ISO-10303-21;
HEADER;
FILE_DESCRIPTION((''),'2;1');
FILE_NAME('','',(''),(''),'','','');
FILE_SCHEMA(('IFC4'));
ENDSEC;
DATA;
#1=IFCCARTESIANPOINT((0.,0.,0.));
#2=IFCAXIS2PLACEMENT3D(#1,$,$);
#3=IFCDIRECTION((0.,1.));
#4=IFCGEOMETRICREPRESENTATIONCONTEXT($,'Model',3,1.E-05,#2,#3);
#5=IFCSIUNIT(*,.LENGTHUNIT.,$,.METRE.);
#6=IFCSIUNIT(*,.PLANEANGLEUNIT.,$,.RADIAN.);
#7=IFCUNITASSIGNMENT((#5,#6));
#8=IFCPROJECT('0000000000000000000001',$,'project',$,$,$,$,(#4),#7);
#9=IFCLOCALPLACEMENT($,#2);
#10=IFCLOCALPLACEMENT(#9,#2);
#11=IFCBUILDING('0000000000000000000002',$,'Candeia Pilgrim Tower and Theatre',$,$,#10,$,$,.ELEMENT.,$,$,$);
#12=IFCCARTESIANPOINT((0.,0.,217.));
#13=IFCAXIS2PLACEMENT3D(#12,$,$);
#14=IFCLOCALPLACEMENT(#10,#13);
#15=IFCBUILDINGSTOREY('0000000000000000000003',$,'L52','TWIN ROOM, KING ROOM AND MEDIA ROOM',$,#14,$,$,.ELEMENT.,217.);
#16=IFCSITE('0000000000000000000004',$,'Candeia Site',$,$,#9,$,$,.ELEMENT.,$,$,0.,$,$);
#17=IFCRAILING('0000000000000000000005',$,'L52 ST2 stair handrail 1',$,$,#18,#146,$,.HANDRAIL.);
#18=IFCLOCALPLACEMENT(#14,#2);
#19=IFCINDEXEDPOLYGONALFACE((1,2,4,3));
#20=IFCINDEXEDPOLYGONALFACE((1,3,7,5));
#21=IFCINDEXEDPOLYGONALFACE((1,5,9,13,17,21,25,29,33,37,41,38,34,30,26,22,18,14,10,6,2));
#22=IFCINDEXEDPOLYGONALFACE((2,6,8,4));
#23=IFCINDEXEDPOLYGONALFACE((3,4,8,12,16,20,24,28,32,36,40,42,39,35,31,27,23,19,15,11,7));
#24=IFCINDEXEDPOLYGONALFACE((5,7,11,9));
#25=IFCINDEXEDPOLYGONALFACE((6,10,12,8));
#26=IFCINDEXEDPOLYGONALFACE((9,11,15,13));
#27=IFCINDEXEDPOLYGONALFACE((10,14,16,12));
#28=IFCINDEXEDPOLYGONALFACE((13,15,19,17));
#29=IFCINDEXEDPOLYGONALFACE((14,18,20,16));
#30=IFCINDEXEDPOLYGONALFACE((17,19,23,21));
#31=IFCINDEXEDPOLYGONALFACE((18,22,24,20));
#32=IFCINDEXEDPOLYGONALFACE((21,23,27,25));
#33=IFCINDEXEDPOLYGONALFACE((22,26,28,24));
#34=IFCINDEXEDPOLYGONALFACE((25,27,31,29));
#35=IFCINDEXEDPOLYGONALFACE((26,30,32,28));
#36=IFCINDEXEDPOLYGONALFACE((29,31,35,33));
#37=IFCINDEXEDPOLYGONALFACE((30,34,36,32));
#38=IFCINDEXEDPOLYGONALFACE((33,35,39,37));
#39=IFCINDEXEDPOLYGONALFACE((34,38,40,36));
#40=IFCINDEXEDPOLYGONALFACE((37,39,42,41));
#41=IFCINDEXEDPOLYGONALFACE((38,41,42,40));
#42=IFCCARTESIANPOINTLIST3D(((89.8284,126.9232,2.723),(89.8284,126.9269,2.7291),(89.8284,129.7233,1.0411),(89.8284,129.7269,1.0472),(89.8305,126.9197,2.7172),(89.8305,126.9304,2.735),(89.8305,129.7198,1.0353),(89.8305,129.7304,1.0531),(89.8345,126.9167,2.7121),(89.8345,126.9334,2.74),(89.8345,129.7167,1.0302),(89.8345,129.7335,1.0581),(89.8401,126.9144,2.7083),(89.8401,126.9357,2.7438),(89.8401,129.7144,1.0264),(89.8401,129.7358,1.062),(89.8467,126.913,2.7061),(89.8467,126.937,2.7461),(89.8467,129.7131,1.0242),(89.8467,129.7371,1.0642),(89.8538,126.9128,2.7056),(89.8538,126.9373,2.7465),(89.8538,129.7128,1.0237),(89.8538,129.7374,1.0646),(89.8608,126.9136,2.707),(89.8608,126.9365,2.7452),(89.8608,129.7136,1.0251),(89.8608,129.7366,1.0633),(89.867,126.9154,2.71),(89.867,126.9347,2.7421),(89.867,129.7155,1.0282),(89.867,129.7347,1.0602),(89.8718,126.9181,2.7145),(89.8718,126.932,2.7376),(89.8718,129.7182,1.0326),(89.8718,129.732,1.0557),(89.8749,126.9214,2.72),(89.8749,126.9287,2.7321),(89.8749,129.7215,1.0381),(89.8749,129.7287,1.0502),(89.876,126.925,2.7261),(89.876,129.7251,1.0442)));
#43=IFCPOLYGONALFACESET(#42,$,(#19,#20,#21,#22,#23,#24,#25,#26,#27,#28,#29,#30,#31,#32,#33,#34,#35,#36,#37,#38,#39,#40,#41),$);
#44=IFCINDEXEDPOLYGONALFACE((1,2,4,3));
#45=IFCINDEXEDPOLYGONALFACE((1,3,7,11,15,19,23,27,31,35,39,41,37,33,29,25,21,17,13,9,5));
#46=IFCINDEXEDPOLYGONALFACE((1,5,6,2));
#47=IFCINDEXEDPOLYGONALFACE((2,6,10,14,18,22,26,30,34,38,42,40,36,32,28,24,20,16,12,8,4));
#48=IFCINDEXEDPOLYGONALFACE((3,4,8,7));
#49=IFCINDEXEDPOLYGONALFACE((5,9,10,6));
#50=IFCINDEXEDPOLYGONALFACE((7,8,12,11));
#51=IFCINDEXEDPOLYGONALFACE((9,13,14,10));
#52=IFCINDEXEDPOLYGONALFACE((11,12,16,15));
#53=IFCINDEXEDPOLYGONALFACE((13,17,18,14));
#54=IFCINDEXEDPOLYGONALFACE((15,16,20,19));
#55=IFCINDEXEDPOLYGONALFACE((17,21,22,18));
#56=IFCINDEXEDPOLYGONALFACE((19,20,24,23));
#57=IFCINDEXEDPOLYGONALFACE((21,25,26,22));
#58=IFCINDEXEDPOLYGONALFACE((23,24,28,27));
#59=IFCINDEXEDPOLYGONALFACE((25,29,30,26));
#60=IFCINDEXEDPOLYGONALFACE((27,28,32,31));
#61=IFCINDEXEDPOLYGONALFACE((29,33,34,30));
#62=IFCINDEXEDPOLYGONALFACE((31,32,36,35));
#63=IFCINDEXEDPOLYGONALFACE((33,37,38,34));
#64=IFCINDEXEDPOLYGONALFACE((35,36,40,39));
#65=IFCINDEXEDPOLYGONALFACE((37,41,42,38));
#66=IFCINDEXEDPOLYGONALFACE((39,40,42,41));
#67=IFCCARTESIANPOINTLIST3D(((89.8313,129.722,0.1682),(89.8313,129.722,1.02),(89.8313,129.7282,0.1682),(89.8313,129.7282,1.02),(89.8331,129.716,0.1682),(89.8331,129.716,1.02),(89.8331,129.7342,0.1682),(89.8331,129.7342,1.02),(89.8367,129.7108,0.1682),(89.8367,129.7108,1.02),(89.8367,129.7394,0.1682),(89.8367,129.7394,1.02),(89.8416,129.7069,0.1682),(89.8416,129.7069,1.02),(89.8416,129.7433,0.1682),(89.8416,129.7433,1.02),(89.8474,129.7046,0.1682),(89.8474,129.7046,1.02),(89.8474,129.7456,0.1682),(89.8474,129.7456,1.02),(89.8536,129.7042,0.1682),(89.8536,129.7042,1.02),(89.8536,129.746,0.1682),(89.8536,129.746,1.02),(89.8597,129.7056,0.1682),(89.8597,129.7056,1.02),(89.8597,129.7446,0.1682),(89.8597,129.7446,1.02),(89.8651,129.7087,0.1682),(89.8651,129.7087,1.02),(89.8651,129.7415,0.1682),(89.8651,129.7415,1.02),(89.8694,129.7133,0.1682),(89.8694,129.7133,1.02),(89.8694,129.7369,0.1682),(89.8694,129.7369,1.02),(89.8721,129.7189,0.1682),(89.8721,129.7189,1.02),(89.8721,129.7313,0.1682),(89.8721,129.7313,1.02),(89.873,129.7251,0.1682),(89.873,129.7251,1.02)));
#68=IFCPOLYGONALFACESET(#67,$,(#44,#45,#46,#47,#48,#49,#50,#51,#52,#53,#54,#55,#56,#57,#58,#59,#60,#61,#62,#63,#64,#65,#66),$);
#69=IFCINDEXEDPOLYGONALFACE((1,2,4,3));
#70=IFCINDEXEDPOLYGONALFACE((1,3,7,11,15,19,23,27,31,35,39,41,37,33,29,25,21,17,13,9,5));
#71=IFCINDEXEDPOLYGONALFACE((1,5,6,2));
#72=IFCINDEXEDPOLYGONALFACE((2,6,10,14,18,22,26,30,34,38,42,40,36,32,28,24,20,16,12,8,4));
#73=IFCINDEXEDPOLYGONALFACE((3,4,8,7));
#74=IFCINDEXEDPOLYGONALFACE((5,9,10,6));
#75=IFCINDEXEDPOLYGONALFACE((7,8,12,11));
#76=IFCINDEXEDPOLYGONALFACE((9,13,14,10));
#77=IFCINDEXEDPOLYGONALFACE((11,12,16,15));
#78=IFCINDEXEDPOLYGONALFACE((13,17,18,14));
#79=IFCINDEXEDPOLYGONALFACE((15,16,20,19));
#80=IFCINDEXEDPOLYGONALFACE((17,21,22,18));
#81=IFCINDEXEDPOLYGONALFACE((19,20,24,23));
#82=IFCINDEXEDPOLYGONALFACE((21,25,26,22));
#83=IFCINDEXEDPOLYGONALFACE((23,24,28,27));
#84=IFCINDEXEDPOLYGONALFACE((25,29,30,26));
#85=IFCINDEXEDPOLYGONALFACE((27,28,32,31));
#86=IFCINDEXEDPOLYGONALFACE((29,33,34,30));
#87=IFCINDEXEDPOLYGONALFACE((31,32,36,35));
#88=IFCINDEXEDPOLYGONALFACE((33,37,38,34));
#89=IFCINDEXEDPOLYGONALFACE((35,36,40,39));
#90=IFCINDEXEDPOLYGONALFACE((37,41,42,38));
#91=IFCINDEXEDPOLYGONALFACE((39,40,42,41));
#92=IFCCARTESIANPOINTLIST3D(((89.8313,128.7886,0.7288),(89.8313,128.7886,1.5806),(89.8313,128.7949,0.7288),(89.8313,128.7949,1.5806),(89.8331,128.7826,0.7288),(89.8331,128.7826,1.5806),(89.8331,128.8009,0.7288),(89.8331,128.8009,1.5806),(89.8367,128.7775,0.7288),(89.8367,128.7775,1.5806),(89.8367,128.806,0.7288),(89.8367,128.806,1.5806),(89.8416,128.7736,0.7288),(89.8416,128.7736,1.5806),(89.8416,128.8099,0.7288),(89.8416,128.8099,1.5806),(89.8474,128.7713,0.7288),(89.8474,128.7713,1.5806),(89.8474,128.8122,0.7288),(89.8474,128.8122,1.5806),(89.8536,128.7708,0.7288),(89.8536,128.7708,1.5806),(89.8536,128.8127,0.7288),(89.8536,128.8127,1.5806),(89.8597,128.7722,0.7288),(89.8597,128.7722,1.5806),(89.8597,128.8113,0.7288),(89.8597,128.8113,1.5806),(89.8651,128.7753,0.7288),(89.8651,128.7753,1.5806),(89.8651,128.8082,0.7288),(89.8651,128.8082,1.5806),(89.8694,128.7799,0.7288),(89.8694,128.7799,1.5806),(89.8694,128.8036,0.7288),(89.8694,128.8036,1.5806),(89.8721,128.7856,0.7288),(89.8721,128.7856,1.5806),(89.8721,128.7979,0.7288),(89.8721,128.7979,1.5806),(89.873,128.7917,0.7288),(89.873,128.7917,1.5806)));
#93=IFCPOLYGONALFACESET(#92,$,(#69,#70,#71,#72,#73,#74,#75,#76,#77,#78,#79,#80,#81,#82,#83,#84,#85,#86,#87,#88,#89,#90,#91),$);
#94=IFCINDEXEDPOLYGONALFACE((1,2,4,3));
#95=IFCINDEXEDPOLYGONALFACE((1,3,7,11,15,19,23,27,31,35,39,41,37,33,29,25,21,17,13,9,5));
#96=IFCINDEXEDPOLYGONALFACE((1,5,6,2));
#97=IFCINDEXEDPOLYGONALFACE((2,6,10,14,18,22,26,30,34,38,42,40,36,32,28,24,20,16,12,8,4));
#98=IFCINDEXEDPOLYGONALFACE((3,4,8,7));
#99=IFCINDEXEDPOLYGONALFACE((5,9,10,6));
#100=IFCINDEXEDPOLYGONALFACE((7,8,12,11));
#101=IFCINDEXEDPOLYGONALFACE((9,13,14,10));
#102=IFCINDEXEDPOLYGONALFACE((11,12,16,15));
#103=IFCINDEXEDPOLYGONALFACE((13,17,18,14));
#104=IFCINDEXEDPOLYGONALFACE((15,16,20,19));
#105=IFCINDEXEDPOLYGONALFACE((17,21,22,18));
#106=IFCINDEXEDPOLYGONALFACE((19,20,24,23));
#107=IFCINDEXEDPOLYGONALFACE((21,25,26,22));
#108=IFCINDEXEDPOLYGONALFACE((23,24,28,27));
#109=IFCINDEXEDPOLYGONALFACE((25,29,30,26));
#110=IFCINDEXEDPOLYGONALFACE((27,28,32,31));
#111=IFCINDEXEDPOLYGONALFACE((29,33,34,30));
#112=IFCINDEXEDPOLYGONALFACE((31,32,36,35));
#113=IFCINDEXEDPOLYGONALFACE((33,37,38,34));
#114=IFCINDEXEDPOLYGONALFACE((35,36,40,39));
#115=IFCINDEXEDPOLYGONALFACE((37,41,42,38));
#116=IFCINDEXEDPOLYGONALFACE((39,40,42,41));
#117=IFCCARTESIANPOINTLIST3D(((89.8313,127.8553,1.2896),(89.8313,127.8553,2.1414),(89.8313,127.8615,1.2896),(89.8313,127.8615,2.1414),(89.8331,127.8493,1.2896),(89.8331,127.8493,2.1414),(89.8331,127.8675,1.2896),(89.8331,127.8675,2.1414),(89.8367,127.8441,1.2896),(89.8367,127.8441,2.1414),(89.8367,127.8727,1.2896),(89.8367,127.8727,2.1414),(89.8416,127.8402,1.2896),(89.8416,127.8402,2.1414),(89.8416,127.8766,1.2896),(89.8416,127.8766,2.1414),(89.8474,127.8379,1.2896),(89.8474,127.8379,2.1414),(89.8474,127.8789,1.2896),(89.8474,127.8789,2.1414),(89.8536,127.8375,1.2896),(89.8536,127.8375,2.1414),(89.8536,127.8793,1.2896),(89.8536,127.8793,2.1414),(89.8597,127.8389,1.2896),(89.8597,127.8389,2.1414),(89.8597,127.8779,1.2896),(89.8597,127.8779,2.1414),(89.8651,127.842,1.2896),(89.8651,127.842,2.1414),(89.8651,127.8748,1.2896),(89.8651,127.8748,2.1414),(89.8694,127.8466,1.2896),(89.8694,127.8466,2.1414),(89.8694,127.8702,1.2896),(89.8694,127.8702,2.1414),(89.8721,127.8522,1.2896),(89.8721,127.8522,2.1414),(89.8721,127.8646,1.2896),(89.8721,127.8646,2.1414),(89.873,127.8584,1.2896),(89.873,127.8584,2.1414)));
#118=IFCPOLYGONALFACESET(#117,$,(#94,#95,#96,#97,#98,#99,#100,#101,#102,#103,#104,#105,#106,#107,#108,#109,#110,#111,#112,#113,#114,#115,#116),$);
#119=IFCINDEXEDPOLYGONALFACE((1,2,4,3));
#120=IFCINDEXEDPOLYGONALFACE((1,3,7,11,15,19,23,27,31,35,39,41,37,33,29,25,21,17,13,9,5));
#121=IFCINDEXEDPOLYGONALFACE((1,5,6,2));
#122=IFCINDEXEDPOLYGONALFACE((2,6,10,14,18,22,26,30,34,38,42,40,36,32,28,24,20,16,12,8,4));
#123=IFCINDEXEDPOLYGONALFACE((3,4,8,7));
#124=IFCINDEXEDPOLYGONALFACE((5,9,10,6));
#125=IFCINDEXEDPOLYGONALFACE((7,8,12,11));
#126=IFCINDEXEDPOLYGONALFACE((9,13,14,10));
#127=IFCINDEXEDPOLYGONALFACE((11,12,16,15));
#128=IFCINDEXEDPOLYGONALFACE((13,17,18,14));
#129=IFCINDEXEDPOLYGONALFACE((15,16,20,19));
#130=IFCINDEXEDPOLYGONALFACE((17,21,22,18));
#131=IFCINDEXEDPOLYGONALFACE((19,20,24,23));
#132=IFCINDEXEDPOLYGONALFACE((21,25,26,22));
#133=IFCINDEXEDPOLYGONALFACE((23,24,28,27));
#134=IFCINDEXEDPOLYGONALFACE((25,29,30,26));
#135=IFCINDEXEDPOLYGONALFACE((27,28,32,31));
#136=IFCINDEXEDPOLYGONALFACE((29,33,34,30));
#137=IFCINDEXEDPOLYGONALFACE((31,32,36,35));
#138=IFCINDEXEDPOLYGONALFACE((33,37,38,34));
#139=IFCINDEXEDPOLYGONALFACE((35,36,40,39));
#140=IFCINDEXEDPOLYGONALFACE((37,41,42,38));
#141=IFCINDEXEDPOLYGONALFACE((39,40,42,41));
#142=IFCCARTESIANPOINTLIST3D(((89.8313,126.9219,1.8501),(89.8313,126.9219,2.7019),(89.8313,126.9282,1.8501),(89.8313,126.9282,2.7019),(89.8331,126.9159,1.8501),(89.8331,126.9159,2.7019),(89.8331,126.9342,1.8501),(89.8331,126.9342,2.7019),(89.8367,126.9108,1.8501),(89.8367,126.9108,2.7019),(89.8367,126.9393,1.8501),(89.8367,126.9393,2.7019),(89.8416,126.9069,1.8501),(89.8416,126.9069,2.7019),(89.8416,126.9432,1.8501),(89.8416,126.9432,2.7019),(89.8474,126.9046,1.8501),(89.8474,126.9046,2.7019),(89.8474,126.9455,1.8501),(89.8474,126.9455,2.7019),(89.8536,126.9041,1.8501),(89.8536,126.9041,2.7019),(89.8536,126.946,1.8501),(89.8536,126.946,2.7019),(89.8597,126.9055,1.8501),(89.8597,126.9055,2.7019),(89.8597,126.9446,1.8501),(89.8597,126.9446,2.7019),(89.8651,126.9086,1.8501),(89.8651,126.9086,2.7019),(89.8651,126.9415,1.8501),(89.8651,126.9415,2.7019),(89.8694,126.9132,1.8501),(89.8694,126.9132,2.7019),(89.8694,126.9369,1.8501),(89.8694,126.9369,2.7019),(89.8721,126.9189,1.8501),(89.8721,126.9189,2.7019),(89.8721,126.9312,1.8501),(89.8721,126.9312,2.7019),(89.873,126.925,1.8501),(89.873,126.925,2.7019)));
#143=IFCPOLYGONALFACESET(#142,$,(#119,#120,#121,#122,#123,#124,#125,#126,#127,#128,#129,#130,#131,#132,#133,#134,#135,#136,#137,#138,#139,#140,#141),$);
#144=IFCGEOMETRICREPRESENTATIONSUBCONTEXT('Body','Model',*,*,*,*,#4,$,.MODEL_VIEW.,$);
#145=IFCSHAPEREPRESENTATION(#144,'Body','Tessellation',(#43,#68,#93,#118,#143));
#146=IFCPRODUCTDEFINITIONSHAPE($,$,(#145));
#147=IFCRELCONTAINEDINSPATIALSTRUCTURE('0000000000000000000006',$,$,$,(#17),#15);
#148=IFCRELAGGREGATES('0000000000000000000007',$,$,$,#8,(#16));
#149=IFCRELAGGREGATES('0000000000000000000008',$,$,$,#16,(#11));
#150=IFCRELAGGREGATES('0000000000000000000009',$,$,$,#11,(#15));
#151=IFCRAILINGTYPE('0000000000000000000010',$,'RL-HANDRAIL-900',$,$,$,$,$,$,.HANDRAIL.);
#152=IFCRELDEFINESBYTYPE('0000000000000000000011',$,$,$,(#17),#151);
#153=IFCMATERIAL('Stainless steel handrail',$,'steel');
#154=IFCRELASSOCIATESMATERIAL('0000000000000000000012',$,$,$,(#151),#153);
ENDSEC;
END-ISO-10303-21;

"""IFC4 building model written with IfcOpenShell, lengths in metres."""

from ifc_helpers import new_model, si_unit, direction, frame, origin, origin_2d, place, context, subcontext, project, spatial, circle, extrude, material, type_object, element, save


model = new_model("IFC4")

# Units and contexts
model_context = context("Model", 3, precision=1e-05, world=origin(), true_north=direction((0.0, 1.0)))
body_context = subcontext(model_context, "Body", "Model", "MODEL_VIEW")
ifc_project = project(units=[si_unit("LENGTHUNIT", "METRE"), si_unit("PLANEANGLEUNIT", "RADIAN")], contexts=[model_context])

# Site, building, storey
site_placement = place(None, origin())
site = spatial("IfcSite", under=ifc_project, at=site_placement, Name="Candeia Site", CompositionType="ELEMENT", RefElevation=0.0)
building_placement = place(site_placement, origin())
building = spatial("IfcBuilding", under=site, at=building_placement, Name="Candeia Pilgrim Tower and Theatre", CompositionType="ELEMENT")
storey_placement = place(building_placement, frame((0.0, 0.0, 217.0)))
storey = spatial("IfcBuildingStorey", under=building, at=storey_placement, Name="L52", Description="TWIN ROOM, KING ROOM AND MEDIA ROOM", CompositionType="ELEMENT", Elevation=217.0)

# Railing
ifc_material_1 = material(Name="Stainless steel handrail", Category="steel")
railing_type_1 = type_object("IfcRailingType", Name="RL-HANDRAIL-900", PredefinedType="HANDRAIL", material=ifc_material_1)
for number, where, name in (
    (1, (89.8521, 129.7251, 0.1682), "L52 ST2 stair handrail 1"),
):
    element("IfcRailing", number, at=place(storey_placement, frame(where)), inside=storey, type_object=railing_type_1, Name=name, PredefinedType="HANDRAIL", context=body_context, shape_type="SweptSolid", body=[
        extrude(circle(Radius=0.0239, at=origin_2d()), frame((0.0, 0.0, 0.876), z_axis=(0.0, -0.857242, 0.514913), x_axis=(1.0, 0.0, 0.0)), (0.0, 0.0, 1.0), 3.2664),
        extrude(circle(Radius=0.021, at=origin_2d()), origin(), (0.0, 0.0, 1.0), 0.8518),
        extrude(circle(Radius=0.021, at=origin_2d()), frame((0.0, -0.9333, 0.5605)), (0.0, 0.0, 1.0), 0.8518),
        extrude(circle(Radius=0.021, at=origin_2d()), frame((0.0, -1.8667, 1.1213)), (0.0, 0.0, 1.0), 0.8518),
        extrude(circle(Radius=0.021, at=origin_2d()), frame((0.0, -2.8, 1.6819)), (0.0, 0.0, 1.0), 0.8518),
    ])

save(model, "model.ifc")
